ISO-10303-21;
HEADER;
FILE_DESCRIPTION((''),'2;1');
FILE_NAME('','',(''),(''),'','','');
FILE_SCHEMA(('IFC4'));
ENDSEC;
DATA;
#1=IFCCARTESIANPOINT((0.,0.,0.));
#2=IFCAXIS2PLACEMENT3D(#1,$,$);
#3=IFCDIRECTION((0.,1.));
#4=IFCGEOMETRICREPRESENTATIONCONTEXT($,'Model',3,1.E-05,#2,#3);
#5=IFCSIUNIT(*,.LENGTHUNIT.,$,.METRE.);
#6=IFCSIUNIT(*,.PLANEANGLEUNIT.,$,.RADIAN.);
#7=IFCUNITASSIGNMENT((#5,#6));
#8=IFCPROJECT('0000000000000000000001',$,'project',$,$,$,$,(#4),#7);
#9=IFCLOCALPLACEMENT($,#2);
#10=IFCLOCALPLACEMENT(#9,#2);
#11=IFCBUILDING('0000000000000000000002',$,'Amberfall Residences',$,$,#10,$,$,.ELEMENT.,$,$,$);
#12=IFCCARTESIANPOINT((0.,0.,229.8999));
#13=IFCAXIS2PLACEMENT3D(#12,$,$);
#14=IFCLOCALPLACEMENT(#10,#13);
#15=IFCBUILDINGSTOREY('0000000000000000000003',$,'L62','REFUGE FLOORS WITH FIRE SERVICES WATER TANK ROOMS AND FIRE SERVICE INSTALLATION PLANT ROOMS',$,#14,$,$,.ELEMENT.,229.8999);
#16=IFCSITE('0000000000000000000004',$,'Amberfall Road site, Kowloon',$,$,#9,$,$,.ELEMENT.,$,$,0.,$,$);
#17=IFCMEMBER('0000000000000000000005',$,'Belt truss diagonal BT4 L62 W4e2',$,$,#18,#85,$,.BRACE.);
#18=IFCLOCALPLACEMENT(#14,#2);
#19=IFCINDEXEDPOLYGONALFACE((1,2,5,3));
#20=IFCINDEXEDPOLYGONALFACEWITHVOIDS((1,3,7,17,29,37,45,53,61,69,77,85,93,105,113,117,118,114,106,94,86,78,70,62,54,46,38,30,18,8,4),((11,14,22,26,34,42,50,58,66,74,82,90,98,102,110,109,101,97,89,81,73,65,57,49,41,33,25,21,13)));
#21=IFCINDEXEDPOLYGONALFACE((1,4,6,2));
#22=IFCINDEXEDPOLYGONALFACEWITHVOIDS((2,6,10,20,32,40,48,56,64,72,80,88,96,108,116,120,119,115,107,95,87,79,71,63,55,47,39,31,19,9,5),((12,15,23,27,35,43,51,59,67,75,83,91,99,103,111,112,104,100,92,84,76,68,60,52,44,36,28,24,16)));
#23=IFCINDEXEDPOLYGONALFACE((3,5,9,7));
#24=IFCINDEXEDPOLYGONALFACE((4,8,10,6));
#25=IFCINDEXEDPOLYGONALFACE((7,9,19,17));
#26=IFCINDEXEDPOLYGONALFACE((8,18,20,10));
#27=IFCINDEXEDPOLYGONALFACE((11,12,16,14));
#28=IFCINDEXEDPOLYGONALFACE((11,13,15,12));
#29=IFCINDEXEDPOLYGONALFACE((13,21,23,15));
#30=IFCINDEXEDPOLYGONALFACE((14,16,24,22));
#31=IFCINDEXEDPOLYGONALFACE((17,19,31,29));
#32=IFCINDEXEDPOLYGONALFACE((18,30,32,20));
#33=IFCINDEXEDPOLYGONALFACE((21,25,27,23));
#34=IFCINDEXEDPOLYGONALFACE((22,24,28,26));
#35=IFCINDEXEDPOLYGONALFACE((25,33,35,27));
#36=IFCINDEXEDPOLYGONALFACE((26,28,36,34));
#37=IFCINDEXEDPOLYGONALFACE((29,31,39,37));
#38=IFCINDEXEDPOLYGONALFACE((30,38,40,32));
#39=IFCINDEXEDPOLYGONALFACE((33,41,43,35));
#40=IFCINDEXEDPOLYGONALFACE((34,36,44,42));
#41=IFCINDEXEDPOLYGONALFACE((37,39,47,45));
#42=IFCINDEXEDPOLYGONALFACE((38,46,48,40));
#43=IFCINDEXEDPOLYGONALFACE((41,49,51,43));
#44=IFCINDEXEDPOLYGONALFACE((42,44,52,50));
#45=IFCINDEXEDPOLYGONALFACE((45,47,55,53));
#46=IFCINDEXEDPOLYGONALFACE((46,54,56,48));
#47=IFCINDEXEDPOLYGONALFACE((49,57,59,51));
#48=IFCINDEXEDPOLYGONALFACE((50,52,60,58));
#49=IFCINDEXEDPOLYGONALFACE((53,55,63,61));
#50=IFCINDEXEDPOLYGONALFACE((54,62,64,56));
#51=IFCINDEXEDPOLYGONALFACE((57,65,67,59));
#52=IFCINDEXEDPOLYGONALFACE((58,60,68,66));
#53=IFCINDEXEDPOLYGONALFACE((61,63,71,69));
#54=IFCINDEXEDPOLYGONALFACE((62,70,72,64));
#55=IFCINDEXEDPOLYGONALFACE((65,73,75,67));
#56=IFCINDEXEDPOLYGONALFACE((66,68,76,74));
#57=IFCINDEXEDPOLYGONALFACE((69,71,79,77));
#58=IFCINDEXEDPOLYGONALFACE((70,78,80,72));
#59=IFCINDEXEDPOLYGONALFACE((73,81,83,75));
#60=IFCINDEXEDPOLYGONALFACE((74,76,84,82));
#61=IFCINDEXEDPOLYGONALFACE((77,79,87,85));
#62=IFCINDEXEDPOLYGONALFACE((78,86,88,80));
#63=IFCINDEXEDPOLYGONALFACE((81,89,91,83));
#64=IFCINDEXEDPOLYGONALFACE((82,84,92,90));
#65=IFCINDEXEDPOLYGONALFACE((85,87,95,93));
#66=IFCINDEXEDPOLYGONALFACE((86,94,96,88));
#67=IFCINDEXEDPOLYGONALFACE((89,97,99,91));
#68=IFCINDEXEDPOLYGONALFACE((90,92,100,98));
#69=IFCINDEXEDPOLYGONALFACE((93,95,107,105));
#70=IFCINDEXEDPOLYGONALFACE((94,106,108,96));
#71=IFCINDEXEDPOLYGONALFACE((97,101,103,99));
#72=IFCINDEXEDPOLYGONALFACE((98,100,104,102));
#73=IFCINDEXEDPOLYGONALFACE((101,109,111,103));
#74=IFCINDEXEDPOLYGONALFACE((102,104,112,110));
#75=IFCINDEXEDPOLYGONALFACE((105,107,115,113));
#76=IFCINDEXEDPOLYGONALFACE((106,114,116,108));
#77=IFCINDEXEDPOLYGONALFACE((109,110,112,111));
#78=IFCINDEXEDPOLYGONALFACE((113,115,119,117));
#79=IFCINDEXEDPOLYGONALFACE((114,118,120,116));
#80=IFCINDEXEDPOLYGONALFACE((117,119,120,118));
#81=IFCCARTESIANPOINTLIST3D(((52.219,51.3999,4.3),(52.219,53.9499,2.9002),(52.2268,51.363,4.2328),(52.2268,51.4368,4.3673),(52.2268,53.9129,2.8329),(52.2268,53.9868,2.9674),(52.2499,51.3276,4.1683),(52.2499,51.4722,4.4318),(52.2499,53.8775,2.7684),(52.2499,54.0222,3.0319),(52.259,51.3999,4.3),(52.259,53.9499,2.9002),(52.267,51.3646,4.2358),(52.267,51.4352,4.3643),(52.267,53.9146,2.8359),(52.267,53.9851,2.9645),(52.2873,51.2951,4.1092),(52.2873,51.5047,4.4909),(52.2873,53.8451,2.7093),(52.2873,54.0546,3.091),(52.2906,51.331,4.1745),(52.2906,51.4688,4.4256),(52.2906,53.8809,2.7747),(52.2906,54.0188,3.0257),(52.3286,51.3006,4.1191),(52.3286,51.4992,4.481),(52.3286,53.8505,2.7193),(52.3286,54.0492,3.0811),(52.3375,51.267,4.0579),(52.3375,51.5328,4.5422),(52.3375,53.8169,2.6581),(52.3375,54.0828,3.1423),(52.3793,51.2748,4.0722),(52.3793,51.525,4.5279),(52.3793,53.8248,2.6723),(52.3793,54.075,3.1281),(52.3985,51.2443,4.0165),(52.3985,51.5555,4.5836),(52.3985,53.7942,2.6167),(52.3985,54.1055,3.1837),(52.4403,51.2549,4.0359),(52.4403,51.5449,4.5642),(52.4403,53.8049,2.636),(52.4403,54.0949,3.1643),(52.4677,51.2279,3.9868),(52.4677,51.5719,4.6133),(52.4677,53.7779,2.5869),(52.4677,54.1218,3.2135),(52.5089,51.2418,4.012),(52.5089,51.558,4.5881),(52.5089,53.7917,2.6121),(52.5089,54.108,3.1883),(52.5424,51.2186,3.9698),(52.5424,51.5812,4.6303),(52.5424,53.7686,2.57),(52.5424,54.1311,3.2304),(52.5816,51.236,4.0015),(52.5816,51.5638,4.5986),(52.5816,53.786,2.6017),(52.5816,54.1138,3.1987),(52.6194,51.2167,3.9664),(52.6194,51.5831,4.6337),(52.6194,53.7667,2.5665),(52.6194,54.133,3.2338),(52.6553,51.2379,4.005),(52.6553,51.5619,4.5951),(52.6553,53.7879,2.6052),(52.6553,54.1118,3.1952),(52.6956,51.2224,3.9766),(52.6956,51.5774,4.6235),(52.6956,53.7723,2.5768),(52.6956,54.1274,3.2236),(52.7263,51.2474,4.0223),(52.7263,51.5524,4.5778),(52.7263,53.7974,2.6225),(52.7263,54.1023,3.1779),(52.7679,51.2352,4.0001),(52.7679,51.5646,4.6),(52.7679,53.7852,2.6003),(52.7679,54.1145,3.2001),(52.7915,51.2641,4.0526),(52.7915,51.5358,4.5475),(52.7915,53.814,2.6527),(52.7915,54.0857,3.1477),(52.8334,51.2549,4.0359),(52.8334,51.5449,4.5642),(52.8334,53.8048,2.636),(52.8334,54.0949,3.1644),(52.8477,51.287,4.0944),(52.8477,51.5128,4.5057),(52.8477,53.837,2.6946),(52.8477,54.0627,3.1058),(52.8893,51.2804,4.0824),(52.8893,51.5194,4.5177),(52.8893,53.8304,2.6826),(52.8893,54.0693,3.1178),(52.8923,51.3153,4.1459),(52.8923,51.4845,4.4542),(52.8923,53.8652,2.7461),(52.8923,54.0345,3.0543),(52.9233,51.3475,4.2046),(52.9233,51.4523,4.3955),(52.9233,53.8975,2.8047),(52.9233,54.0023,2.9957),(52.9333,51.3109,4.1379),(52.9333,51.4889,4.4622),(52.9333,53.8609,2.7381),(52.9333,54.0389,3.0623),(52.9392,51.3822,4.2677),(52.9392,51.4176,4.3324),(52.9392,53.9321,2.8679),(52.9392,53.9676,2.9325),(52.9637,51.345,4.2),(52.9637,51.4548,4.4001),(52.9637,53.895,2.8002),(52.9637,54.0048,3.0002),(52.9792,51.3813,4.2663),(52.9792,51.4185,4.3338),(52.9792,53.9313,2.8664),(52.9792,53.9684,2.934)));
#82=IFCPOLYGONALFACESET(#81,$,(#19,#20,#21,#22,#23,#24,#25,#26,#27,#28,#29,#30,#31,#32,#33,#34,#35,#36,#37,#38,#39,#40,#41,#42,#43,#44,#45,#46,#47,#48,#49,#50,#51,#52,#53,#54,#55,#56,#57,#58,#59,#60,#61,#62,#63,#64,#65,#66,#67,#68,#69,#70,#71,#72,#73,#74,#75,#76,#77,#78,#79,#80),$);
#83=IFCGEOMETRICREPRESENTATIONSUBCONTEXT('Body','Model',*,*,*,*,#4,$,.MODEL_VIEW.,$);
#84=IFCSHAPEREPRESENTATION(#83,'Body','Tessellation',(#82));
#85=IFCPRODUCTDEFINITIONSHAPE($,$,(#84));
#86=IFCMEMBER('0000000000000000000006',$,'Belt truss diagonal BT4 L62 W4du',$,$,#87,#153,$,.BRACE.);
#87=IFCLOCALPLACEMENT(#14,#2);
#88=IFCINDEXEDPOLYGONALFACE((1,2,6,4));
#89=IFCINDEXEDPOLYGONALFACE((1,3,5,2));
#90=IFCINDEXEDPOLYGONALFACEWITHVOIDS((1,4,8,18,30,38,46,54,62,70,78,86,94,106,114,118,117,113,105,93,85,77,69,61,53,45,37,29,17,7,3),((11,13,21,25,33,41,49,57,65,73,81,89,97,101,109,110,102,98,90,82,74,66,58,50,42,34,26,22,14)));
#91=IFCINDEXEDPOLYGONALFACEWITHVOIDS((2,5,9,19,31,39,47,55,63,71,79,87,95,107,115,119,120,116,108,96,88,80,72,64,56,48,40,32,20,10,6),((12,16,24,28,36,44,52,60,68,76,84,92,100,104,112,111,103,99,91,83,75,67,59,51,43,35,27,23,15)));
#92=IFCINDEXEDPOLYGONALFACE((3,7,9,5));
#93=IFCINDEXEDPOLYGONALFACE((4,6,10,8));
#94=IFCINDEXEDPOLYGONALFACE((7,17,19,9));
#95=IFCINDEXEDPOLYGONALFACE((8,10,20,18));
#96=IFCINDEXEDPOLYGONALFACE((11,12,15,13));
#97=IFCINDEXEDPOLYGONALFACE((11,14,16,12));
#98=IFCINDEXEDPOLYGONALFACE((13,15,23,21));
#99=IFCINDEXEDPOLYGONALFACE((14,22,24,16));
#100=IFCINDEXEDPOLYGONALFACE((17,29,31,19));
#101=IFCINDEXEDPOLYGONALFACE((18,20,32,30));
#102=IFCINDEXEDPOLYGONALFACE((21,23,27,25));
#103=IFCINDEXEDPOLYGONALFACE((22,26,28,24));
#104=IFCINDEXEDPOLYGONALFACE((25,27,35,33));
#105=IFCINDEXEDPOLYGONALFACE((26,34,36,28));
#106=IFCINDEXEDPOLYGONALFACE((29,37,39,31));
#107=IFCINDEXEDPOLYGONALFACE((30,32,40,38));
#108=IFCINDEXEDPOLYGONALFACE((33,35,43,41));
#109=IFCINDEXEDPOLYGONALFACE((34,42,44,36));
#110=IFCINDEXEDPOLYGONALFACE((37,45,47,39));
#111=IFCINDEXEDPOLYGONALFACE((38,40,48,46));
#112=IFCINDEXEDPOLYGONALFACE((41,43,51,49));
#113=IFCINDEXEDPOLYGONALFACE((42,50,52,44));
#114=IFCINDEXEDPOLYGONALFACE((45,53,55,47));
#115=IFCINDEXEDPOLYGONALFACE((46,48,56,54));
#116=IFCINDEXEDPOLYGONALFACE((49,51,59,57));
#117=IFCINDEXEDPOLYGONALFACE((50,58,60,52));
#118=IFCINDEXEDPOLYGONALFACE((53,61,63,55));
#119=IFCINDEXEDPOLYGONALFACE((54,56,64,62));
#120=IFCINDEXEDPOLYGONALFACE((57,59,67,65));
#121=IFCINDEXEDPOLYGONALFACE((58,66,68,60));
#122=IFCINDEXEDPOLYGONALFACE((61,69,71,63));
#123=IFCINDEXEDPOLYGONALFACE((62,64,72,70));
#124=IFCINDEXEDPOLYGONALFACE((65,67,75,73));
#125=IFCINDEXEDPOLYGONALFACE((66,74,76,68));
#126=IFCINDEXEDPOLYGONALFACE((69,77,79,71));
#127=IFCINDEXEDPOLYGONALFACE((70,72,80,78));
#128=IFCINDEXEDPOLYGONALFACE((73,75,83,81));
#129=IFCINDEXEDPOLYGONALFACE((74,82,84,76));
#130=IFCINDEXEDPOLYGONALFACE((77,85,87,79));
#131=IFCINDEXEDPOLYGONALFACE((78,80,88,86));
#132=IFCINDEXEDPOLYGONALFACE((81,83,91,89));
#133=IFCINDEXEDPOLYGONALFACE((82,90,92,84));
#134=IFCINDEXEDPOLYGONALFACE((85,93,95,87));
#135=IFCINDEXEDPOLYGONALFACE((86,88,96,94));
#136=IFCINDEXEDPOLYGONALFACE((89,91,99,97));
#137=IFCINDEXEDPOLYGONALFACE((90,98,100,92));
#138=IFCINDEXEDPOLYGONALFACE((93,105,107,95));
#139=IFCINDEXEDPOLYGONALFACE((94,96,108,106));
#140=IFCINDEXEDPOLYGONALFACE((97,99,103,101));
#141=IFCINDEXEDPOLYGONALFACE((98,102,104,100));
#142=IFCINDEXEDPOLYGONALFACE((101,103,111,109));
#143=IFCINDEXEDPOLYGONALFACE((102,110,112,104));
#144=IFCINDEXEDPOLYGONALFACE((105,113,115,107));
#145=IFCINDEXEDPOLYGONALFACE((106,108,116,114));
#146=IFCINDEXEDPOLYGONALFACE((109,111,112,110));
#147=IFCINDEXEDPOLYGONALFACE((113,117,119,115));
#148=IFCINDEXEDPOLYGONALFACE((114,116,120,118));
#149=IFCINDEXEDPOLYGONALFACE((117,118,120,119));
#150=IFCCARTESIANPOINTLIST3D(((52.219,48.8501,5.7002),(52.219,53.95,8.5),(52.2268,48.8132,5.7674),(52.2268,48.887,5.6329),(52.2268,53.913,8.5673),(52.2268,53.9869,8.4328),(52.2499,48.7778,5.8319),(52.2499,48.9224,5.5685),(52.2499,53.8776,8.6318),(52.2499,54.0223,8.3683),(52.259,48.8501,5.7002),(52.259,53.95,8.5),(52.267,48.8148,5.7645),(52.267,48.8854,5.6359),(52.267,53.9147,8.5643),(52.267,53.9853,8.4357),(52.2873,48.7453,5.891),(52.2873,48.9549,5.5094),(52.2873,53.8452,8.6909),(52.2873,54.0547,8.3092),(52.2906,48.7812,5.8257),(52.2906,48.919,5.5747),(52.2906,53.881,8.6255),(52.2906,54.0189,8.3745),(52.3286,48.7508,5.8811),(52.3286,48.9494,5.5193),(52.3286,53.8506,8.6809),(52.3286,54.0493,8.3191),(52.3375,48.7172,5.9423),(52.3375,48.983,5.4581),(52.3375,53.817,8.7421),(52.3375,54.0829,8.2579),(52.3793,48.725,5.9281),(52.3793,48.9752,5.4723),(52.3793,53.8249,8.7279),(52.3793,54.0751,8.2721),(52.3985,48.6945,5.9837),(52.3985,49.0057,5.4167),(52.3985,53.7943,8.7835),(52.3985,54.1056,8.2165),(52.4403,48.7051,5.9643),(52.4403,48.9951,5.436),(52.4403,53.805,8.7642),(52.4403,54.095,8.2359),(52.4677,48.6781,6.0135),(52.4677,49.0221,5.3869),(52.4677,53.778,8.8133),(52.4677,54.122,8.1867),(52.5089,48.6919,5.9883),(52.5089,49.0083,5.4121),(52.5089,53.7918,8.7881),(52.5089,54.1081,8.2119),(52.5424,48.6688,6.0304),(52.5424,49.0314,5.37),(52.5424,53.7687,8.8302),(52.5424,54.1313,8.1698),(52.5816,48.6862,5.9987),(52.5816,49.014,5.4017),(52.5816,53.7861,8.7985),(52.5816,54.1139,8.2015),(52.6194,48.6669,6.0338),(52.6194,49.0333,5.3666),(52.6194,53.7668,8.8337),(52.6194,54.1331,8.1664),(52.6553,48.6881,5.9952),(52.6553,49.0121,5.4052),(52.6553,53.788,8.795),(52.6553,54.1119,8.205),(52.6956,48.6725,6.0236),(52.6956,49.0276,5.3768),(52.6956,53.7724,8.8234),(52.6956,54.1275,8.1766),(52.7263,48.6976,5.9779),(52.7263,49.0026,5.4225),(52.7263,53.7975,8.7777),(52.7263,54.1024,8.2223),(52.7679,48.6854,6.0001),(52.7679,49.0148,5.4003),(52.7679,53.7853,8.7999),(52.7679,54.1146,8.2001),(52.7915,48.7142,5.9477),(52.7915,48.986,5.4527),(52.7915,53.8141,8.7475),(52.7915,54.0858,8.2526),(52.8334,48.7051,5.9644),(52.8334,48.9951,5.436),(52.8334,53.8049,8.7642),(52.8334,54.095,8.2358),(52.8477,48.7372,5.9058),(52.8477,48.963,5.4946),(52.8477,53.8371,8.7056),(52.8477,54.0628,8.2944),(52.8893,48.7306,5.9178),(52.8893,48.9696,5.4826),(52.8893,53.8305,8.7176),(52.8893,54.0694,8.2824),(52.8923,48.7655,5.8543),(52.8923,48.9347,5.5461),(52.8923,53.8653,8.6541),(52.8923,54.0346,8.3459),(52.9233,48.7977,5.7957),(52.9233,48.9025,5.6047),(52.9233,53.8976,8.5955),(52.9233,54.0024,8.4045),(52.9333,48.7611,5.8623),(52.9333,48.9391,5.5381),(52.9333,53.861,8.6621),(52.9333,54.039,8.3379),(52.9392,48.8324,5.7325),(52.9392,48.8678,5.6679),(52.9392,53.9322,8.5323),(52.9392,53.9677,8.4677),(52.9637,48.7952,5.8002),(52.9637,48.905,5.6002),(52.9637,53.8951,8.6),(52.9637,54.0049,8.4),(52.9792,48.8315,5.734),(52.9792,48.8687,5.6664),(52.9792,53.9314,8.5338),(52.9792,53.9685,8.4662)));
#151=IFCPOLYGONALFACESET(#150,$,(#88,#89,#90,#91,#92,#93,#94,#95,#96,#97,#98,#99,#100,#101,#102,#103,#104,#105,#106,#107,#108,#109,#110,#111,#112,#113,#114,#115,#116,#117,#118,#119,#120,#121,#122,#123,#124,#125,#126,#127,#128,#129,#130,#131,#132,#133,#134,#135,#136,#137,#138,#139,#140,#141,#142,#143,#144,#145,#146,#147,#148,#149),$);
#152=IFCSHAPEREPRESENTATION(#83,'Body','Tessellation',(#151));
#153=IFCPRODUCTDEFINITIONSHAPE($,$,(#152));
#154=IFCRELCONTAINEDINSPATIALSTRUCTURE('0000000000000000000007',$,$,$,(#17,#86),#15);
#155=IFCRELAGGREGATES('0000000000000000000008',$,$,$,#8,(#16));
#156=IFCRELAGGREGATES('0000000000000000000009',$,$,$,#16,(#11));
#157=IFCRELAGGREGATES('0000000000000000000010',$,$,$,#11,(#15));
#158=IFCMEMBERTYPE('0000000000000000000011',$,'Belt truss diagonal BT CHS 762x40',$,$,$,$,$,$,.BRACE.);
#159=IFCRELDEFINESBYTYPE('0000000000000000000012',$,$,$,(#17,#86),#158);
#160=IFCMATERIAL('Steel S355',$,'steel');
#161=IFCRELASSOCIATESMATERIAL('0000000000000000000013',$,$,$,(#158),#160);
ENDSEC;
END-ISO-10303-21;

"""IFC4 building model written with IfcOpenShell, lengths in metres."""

from ifc_helpers import new_model, si_unit, direction, frame, origin, origin_2d, place, context, subcontext, project, spatial, hollow_circle, extrude, material, material_profile, profile_set, type_object, element, save


model = new_model("IFC4")

# Units and contexts
model_context = context("Model", 3, precision=1e-05, world=origin(), true_north=direction((0.0, 1.0)))
body_context = subcontext(model_context, "Body", "Model", "MODEL_VIEW")
ifc_project = project(units=[si_unit("LENGTHUNIT", "METRE"), si_unit("PLANEANGLEUNIT", "RADIAN")], contexts=[model_context])

# Site, building, storey
site_placement = place(None, origin())
site = spatial("IfcSite", under=ifc_project, at=site_placement, Name="Amberfall Road site, Kowloon", CompositionType="ELEMENT", RefElevation=0.0)
building_placement = place(site_placement, origin())
building = spatial("IfcBuilding", under=site, at=building_placement, Name="Amberfall Residences", CompositionType="ELEMENT")
storey_placement = place(building_placement, frame((0.0, 0.0, 229.8999)))
storey = spatial("IfcBuildingStorey", under=building, at=storey_placement, Name="L62", Description="REFUGE FLOORS WITH FIRE SERVICES WATER TANK ROOMS AND FIRE SERVICE INSTALLATION PLANT ROOMS", CompositionType="ELEMENT", Elevation=229.8999)

# Shared definitions
ifc_material_1 = material(Name="Steel S355", Category="steel")

# Members
ifc_material_profile_1 = material_profile(ifc_material_1, hollow_circle(Radius=0.3811, WallThickness=0.04, at=origin_2d()), Name="CHS 762x40")
ifc_profile_set_1 = profile_set([ifc_material_profile_1], Name="Steel S355")
member_type_1 = type_object("IfcMemberType", Name="Belt truss diagonal BT CHS 762x40", PredefinedType="BRACE", material=ifc_profile_set_1)
for number, where, z_axis, x_axis, name in (
    (1, (52.6001, 51.3999, 4.3), (0.0, 0.876597, -0.481226), (-1.0, 0.0, 0.0), "Belt truss diagonal BT4 L62 W4e2"),
):
    element("IfcMember", number, at=place(storey_placement, frame(where, z_axis=z_axis, x_axis=x_axis)), inside=storey, type_object=member_type_1, Name=name, PredefinedType="BRACE", context=body_context, shape_type="SweptSolid", body=[
        extrude(hollow_circle(Radius=0.3811, WallThickness=0.04, at=origin_2d()), origin(), (0.0, 0.0, 1.0), 2.9089),
    ])
member_1_placement = place(storey_placement, frame((52.6001, 48.8501, 5.7002), z_axis=(0.0, 0.876587, 0.481244), x_axis=(-1.0, 0.0, 0.0)))
element("IfcMember", 2, at=member_1_placement, inside=storey, type_object=member_type_1, Name="Belt truss diagonal BT4 L62 W4du", PredefinedType="BRACE", context=body_context, shape_type="SweptSolid", body=[
    extrude(hollow_circle(Radius=0.3811, WallThickness=0.04, at=origin_2d()), origin(), (0.0, 0.0, 1.0), 5.8179),
])

save(model, "model.ifc")
